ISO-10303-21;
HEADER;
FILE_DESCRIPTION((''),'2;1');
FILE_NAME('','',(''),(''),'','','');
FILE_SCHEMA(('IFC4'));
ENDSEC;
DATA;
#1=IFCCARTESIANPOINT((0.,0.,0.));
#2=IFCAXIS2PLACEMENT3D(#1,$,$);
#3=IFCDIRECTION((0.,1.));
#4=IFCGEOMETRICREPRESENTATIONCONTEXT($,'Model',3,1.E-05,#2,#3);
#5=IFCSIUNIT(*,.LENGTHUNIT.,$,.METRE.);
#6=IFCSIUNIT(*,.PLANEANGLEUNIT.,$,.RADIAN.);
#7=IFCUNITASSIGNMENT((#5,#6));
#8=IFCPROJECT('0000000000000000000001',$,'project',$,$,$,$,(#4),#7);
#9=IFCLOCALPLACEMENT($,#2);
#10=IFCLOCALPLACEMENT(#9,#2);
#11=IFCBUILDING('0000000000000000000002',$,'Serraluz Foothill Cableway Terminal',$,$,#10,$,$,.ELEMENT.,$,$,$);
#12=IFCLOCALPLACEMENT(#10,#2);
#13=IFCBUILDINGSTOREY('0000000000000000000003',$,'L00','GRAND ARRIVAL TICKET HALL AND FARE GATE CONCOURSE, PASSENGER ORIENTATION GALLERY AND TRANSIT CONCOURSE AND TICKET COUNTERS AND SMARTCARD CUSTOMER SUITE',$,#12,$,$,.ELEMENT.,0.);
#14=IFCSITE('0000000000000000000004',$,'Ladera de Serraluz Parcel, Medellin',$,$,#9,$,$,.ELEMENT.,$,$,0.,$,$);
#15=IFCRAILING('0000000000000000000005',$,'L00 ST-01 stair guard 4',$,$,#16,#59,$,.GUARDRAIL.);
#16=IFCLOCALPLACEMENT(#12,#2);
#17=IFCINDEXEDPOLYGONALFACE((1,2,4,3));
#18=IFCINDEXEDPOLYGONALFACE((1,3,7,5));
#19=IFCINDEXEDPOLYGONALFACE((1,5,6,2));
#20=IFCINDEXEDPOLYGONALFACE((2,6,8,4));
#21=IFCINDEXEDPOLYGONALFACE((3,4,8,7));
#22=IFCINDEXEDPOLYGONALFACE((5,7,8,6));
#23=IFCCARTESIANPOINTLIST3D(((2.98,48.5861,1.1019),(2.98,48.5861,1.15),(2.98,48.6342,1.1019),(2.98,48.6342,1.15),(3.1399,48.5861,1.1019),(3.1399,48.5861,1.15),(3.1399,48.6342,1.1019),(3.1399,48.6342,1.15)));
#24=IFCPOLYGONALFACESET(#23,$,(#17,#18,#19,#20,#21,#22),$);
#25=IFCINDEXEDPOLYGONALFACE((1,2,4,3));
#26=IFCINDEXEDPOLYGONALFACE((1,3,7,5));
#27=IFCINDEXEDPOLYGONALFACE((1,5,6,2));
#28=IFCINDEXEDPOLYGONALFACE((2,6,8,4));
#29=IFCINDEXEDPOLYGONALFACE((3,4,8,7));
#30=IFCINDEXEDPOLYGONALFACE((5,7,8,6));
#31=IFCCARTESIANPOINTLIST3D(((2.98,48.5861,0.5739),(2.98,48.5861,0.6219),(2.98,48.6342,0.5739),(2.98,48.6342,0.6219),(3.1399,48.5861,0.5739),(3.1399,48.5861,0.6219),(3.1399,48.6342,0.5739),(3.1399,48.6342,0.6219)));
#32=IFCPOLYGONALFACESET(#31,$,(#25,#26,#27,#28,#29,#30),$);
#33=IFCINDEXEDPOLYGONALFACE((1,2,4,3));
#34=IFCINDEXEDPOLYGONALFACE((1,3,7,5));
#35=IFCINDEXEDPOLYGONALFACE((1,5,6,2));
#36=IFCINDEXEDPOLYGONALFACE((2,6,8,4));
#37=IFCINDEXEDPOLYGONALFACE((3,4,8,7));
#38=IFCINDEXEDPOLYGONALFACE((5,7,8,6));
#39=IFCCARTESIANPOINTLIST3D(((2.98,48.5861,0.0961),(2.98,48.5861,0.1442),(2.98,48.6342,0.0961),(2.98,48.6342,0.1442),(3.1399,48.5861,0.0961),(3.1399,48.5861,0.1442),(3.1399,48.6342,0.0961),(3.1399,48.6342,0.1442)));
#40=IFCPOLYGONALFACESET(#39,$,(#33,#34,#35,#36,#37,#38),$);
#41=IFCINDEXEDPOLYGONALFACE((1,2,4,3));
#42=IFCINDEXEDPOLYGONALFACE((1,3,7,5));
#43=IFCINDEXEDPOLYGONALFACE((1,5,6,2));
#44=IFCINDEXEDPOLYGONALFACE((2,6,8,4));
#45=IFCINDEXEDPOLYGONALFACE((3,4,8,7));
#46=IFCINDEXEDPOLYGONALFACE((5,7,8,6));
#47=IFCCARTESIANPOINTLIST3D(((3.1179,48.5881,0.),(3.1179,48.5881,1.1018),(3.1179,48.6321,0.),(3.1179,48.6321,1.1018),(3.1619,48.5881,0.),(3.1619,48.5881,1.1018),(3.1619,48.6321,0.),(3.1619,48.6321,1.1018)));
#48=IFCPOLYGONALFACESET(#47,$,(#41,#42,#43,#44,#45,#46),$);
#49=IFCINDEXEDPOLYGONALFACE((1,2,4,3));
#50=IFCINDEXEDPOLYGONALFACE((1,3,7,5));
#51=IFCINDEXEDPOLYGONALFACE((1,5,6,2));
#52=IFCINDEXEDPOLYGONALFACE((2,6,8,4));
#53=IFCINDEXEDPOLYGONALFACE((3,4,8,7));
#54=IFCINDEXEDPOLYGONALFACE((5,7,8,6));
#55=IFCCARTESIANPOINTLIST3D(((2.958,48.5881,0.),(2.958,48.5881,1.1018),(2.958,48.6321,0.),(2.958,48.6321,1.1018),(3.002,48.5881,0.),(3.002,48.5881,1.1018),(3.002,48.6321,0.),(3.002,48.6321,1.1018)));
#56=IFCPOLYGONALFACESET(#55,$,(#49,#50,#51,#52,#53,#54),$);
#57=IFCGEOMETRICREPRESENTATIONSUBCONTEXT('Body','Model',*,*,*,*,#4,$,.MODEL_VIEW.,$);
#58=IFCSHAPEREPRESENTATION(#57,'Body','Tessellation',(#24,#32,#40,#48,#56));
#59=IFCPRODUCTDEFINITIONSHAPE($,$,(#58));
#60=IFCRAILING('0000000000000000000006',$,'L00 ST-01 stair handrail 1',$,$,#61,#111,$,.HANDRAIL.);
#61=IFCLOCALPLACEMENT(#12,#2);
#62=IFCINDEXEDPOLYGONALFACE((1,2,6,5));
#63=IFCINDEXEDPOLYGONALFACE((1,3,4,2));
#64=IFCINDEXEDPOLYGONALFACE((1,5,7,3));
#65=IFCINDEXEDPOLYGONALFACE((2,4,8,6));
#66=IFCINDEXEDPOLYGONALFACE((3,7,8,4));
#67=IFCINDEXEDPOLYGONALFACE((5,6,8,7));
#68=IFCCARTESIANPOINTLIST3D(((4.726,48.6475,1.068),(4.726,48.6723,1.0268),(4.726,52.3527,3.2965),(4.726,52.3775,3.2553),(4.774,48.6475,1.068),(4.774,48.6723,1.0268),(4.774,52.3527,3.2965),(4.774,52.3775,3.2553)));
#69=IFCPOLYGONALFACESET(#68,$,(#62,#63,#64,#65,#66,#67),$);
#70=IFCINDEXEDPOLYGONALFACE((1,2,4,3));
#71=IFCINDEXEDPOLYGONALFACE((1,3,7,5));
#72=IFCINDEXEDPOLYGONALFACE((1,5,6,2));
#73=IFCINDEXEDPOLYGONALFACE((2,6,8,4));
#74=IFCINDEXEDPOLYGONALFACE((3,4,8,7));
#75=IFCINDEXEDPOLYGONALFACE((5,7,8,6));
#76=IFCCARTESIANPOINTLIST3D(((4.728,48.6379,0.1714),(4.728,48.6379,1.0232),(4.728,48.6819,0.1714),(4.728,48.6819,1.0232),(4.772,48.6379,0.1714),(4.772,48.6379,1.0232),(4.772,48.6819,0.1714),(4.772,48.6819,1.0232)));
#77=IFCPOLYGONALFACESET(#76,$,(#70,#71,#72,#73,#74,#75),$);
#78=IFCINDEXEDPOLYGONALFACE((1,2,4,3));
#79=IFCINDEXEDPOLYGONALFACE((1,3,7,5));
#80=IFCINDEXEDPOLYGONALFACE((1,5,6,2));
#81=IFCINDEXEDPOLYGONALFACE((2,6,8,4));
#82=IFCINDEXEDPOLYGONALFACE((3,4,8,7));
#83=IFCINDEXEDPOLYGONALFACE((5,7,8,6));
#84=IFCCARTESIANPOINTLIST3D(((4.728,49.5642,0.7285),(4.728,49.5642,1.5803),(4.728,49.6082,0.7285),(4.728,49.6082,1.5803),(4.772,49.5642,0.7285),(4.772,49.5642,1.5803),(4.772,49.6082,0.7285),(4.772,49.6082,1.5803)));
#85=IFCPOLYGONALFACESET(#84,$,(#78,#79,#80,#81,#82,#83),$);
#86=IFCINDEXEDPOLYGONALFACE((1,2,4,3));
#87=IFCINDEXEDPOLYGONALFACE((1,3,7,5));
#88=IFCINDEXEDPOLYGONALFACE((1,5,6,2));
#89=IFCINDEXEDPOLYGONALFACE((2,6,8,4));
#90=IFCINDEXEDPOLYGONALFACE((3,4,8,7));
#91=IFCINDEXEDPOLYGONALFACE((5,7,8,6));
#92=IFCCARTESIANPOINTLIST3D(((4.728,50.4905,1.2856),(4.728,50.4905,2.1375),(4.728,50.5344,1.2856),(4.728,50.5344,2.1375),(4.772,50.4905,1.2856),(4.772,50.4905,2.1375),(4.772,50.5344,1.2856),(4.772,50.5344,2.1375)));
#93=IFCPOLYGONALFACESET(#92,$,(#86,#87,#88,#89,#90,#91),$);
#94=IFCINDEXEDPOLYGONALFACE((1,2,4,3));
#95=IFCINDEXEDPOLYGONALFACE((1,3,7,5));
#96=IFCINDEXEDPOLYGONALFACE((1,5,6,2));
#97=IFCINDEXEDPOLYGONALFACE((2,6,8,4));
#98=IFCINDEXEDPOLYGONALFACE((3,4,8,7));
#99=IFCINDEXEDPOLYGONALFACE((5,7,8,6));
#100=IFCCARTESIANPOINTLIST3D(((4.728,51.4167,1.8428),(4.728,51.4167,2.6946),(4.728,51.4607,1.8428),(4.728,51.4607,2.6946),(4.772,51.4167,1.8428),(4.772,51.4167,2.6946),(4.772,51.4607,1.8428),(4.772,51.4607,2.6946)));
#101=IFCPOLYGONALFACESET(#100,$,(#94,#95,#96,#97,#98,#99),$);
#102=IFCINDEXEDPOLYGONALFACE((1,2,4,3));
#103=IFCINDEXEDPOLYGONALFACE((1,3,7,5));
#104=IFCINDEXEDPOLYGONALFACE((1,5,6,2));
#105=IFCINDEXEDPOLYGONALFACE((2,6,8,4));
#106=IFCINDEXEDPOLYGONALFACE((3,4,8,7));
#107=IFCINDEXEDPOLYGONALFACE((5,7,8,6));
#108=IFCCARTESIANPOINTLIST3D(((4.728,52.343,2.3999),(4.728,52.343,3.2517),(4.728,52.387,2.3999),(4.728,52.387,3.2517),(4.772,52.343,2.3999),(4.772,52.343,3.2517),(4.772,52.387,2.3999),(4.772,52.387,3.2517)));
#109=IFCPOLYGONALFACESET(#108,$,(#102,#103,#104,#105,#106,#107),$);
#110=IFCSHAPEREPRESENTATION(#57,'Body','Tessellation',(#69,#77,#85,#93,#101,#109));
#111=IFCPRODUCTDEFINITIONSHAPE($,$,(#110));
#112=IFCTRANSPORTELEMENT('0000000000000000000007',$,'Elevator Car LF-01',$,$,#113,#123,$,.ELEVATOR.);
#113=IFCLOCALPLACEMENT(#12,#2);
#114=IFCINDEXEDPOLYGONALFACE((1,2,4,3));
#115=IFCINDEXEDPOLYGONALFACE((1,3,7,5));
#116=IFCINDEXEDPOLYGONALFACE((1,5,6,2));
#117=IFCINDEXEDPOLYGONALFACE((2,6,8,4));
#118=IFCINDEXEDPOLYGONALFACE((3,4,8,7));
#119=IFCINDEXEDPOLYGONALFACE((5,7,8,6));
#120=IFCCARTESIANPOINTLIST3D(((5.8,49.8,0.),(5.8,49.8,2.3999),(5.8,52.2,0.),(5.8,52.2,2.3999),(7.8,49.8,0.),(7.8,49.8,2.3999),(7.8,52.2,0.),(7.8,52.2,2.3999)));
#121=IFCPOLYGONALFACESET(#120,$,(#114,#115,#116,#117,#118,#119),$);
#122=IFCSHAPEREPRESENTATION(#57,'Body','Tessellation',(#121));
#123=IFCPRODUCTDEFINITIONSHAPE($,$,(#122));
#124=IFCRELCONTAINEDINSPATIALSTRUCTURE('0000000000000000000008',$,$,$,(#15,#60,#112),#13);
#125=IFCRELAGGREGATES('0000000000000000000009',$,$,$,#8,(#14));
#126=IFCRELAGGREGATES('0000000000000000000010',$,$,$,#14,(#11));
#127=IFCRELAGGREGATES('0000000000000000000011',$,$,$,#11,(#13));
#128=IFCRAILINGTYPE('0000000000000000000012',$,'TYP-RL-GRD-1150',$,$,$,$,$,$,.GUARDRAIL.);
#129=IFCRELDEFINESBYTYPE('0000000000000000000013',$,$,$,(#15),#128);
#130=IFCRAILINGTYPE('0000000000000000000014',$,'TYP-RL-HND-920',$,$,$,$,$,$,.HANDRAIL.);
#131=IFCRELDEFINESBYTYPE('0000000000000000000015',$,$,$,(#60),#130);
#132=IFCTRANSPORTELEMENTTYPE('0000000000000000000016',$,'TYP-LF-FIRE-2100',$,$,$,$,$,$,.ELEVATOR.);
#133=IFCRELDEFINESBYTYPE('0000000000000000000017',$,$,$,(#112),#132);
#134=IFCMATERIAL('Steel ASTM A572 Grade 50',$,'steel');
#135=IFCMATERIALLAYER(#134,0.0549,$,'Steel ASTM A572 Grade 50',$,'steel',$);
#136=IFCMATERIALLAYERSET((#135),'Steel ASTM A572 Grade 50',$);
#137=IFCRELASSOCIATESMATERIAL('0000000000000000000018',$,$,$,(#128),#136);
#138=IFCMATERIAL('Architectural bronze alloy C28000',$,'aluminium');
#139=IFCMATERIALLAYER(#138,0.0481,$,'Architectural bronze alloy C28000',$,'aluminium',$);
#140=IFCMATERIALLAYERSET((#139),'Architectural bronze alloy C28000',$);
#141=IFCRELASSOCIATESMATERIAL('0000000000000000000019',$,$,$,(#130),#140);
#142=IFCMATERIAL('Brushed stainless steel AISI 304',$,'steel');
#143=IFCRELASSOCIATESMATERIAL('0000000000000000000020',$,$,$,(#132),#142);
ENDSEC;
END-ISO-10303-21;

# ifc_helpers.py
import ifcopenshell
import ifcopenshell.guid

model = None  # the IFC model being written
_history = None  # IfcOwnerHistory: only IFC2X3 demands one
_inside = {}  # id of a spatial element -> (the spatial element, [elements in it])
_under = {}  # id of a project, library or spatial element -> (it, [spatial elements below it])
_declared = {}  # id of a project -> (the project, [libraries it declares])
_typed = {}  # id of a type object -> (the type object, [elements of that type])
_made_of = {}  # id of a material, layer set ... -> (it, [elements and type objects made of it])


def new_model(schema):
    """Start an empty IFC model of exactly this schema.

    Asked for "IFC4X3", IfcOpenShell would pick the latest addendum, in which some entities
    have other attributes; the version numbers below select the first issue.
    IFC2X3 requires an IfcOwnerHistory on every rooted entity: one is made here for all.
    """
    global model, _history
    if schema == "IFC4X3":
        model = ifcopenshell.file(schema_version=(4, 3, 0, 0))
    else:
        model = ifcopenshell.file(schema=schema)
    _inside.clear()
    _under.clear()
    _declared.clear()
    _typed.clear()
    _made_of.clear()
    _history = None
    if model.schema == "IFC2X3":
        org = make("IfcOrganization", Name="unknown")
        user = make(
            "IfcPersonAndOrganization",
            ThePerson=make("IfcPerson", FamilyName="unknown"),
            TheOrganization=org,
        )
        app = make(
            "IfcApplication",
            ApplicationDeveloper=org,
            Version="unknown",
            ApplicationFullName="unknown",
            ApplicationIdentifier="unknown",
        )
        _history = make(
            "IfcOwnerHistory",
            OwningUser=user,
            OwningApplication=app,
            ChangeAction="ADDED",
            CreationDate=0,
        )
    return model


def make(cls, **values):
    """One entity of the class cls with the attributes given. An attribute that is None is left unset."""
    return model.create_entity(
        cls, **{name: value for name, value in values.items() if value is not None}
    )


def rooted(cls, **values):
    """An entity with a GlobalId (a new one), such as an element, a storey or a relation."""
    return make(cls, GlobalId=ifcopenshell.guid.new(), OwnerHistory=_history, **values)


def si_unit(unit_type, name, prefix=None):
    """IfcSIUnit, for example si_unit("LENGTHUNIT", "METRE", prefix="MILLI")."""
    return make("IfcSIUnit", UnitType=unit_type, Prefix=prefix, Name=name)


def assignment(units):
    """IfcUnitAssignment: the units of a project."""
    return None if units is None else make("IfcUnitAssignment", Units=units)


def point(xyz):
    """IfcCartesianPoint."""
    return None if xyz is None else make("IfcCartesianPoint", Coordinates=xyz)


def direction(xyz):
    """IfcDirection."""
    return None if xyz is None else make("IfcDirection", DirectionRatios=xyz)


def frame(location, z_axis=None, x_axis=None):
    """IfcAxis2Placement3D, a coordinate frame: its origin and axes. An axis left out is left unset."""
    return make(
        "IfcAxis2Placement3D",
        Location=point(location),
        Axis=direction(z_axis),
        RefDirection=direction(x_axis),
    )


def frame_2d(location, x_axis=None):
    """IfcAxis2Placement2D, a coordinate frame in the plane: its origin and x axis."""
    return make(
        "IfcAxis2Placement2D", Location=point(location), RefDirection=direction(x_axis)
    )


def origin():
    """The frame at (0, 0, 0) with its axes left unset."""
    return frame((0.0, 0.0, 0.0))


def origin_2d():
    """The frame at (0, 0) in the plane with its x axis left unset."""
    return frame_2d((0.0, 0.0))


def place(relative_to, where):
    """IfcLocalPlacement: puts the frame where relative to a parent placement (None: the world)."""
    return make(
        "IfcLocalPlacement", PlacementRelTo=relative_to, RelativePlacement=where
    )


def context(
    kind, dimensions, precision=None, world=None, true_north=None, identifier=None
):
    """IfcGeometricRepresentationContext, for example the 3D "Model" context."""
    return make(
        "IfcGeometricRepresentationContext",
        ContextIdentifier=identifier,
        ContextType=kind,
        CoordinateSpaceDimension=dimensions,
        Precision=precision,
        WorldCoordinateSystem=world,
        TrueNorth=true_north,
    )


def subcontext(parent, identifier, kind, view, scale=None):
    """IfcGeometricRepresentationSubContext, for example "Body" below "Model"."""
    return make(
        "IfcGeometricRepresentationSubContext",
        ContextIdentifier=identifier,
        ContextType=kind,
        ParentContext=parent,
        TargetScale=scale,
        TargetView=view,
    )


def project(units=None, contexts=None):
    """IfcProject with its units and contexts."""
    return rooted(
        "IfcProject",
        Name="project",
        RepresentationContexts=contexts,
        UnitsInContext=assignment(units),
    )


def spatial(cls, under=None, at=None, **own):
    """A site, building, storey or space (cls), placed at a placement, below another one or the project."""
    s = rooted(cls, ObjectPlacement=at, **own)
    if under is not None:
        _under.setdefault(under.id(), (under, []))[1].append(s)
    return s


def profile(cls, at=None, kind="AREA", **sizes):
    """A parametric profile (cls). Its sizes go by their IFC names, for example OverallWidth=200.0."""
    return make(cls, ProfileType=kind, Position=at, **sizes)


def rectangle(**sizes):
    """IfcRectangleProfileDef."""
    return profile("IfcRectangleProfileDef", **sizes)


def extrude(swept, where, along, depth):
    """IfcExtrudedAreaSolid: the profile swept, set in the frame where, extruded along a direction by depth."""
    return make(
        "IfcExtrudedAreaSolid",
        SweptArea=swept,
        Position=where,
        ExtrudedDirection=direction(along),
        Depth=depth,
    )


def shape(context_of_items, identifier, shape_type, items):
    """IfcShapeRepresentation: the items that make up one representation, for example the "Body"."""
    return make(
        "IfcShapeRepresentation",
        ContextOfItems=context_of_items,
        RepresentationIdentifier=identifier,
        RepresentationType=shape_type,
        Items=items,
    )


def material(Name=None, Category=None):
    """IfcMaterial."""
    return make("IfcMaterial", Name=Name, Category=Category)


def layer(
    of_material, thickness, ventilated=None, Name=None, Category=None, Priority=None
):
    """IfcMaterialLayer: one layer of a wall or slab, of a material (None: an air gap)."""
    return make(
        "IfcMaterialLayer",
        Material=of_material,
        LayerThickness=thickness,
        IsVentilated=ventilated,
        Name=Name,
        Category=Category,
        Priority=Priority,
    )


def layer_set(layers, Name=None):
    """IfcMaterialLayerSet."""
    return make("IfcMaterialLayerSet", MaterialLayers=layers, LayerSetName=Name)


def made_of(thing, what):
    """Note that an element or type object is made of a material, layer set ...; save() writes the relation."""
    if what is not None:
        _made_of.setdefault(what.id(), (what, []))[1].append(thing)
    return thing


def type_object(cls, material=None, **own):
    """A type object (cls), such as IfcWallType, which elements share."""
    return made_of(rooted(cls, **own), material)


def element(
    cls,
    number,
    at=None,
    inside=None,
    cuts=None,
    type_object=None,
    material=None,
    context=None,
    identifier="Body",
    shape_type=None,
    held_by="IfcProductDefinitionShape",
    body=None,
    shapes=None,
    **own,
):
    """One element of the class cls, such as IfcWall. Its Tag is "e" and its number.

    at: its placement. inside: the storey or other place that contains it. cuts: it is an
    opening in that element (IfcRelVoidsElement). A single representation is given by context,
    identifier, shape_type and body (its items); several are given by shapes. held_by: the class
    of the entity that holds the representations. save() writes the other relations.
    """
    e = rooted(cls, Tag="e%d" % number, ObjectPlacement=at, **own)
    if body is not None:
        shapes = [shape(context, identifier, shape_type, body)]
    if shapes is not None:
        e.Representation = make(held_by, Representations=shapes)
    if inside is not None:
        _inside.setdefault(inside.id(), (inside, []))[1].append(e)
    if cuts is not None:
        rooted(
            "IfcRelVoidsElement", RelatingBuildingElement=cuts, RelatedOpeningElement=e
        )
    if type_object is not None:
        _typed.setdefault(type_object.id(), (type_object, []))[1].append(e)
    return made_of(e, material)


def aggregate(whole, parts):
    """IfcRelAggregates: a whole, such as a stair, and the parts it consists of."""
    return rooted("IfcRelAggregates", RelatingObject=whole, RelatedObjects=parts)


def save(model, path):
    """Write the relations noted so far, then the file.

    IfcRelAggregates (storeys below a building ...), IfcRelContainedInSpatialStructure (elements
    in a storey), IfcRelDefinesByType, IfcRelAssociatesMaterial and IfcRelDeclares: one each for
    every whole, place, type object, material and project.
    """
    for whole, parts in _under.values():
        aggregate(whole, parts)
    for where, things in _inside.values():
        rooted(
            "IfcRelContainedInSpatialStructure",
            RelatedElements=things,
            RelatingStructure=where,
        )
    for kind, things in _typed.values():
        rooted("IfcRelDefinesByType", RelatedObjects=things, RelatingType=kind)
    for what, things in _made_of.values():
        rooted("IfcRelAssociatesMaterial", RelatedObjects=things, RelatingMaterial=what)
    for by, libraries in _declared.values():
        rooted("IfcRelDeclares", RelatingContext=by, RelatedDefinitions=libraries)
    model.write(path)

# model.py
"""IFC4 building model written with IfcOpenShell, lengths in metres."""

from ifc_helpers import new_model, si_unit, direction, frame, origin, origin_2d, place, context, subcontext, project, spatial, rectangle, extrude, material, layer, layer_set, type_object, element, save


model = new_model("IFC4")

# Units and contexts
model_context = context("Model", 3, precision=1e-05, world=origin(), true_north=direction((0.0, 1.0)))
body_context = subcontext(model_context, "Body", "Model", "MODEL_VIEW")
ifc_project = project(units=[si_unit("LENGTHUNIT", "METRE"), si_unit("PLANEANGLEUNIT", "RADIAN")], contexts=[model_context])

# Site, building, storey
site_placement = place(None, origin())
site = spatial("IfcSite", under=ifc_project, at=site_placement, Name="Ladera de Serraluz Parcel, Medellin", CompositionType="ELEMENT", RefElevation=0.0)
building_placement = place(site_placement, origin())
building = spatial("IfcBuilding", under=site, at=building_placement, Name="Serraluz Foothill Cableway Terminal", CompositionType="ELEMENT")
storey_placement = place(building_placement, origin())
storey = spatial("IfcBuildingStorey", under=building, at=storey_placement, Name="L00", Description="GRAND ARRIVAL TICKET HALL AND FARE GATE CONCOURSE, PASSENGER ORIENTATION GALLERY AND TRANSIT CONCOURSE AND TICKET COUNTERS AND SMARTCARD CUSTOMER SUITE", CompositionType="ELEMENT", Elevation=0.0)

# Railings
ifc_material_1 = material(Name="Steel ASTM A572 Grade 50", Category="steel")
ifc_layer_1 = layer(ifc_material_1, 0.0549, Name="Steel ASTM A572 Grade 50", Category="steel")
ifc_layer_set_1 = layer_set([ifc_layer_1], Name="Steel ASTM A572 Grade 50")
railing_type_1 = type_object("IfcRailingType", Name="TYP-RL-GRD-1150", PredefinedType="GUARDRAIL", material=ifc_layer_set_1)
railing_1_placement = place(storey_placement, frame((3.1399, 48.6101, 0.0)))
element("IfcRailing", 1, at=railing_1_placement, inside=storey, type_object=railing_type_1, Name="L00 ST-01 stair guard 4", PredefinedType="GUARDRAIL", context=body_context, shape_type="SweptSolid", body=[
    extrude(rectangle(XDim=0.0481, YDim=0.0481, at=origin_2d()), frame((0.0, 0.0, 1.126), z_axis=(-1.0, 0.0, 0.0), x_axis=(0.0, -1.0, 0.0)), (0.0, 0.0, 1.0), 0.1599),
    extrude(rectangle(XDim=0.0481, YDim=0.0481, at=origin_2d()), frame((0.0, 0.0, 0.5979), z_axis=(-1.0, 0.0, 0.0), x_axis=(0.0, -1.0, 0.0)), (0.0, 0.0, 1.0), 0.1599),
    extrude(rectangle(XDim=0.0481, YDim=0.0481, at=origin_2d()), frame((0.0, 0.0, 0.1201), z_axis=(-1.0, 0.0, 0.0), x_axis=(0.0, -1.0, 0.0)), (0.0, 0.0, 1.0), 0.1599),
    extrude(rectangle(XDim=0.0439, YDim=0.0439, at=origin_2d()), origin(), (0.0, 0.0, 1.0), 1.1018),
    extrude(rectangle(XDim=0.0439, YDim=0.0439, at=origin_2d()), frame((-0.1599, 0.0, 0.0)), (0.0, 0.0, 1.0), 1.1018),
])
ifc_material_2 = material(Name="Architectural bronze alloy C28000", Category="aluminium")
ifc_layer_2 = layer(ifc_material_2, 0.0481, Name="Architectural bronze alloy C28000", Category="aluminium")
ifc_layer_set_2 = layer_set([ifc_layer_2], Name="Architectural bronze alloy C28000")
railing_type_2 = type_object("IfcRailingType", Name="TYP-RL-HND-920", PredefinedType="HANDRAIL", material=ifc_layer_set_2)
railing_2_placement = place(storey_placement, frame((4.75, 48.6599, 0.1714)))
element("IfcRailing", 2, at=railing_2_placement, inside=storey, type_object=railing_type_2, Name="L00 ST-01 stair handrail 1", PredefinedType="HANDRAIL", context=body_context, shape_type="SweptSolid", body=[
    extrude(rectangle(XDim=0.0481, YDim=0.0481, at=origin_2d()), frame((0.0, 0.0, 0.876), z_axis=(0.0, 0.856934, 0.515425), x_axis=(-1.0, 0.0, 0.0)), (0.0, 0.0, 1.0), 4.3237),
    extrude(rectangle(XDim=0.0439, YDim=0.0439, at=origin_2d()), origin(), (0.0, 0.0, 1.0), 0.8518),
    extrude(rectangle(XDim=0.0439, YDim=0.0439, at=origin_2d()), frame((0.0, 0.9263, 0.5571)), (0.0, 0.0, 1.0), 0.8518),
    extrude(rectangle(XDim=0.0439, YDim=0.0439, at=origin_2d()), frame((0.0, 1.8525, 1.1143)), (0.0, 0.0, 1.0), 0.8518),
    extrude(rectangle(XDim=0.0439, YDim=0.0439, at=origin_2d()), frame((0.0, 2.7788, 1.6714)), (0.0, 0.0, 1.0), 0.8518),
    extrude(rectangle(XDim=0.0439, YDim=0.0439, at=origin_2d()), frame((0.0, 3.7051, 2.2285)), (0.0, 0.0, 1.0), 0.8518),
])

# Transport element
ifc_material_3 = material(Name="Brushed stainless steel AISI 304", Category="steel")
transport_element_type = type_object("IfcTransportElementType", Name="TYP-LF-FIRE-2100", PredefinedType="ELEVATOR", material=ifc_material_3)
transport_element_placement = place(storey_placement, frame((6.8, 51.0, 0.0), z_axis=(0.0, 0.0, 1.0), x_axis=(1.0, 0.0, 0.0)))
element("IfcTransportElement", 3, at=transport_element_placement, inside=storey, type_object=transport_element_type, Name="Elevator Car LF-01", PredefinedType="ELEVATOR", context=body_context, shape_type="SweptSolid", body=[
    extrude(rectangle(XDim=2.0, YDim=2.3999, at=origin_2d()), origin(), (0.0, 0.0, 1.0), 2.3999),
])

save(model, "model.ifc")
